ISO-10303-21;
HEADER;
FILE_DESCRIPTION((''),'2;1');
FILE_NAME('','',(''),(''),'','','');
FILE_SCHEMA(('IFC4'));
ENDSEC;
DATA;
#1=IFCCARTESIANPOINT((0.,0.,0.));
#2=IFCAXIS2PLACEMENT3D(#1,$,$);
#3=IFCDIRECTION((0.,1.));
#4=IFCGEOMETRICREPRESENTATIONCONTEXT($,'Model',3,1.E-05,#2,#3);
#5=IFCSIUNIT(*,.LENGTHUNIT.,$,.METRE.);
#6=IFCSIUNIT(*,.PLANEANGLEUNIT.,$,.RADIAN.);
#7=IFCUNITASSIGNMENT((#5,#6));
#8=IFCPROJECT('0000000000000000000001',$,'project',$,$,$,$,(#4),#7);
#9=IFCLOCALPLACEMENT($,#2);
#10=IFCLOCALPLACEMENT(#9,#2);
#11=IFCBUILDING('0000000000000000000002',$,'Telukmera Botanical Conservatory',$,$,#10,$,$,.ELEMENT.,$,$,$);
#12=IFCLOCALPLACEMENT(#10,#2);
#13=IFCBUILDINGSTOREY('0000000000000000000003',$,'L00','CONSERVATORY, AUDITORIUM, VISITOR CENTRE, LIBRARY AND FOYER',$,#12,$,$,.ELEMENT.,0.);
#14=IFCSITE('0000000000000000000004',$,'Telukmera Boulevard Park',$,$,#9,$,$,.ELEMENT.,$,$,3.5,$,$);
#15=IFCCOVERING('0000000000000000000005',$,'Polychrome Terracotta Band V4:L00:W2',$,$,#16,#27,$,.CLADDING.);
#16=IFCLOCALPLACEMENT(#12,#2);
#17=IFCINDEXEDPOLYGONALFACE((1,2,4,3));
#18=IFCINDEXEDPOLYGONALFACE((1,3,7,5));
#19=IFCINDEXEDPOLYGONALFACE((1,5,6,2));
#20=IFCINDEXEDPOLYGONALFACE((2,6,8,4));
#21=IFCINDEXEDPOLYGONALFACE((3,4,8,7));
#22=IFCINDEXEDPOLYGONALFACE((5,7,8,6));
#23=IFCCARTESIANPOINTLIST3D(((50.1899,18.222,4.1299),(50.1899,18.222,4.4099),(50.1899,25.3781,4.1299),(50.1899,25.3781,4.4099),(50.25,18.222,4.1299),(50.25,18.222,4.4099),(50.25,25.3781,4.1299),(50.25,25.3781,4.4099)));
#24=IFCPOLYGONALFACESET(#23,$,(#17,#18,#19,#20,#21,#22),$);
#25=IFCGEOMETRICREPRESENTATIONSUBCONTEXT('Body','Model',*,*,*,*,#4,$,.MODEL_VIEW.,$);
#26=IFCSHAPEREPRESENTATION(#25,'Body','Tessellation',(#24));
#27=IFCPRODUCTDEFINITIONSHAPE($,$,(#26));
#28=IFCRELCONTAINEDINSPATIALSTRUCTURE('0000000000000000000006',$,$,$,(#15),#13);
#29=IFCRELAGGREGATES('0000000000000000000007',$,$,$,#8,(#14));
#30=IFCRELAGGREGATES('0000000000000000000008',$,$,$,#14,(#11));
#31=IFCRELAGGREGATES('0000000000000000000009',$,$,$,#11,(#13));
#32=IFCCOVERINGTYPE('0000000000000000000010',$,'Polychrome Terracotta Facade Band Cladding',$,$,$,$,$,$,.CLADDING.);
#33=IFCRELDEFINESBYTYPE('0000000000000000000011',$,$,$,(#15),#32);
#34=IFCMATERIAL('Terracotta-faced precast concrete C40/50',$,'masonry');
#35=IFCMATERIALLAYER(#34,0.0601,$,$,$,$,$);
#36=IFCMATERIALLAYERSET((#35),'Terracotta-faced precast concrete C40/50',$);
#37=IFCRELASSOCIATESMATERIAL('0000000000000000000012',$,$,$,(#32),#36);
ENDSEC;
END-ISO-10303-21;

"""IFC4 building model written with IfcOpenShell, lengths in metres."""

from ifc_helpers import new_model, si_unit, direction, frame, origin, origin_2d, place, context, subcontext, project, spatial, rectangle, extrude, material, layer, layer_set, type_object, element, save


model = new_model("IFC4")

# Units and contexts
model_context = context("Model", 3, precision=1e-05, world=origin(), true_north=direction((0.0, 1.0)))
body_context = subcontext(model_context, "Body", "Model", "MODEL_VIEW")
ifc_project = project(units=[si_unit("LENGTHUNIT", "METRE"), si_unit("PLANEANGLEUNIT", "RADIAN")], contexts=[model_context])

# Site, building, storey
site_placement = place(None, origin())
site = spatial("IfcSite", under=ifc_project, at=site_placement, Name="Telukmera Boulevard Park", CompositionType="ELEMENT", RefElevation=3.5)
building_placement = place(site_placement, origin())
building = spatial("IfcBuilding", under=site, at=building_placement, Name="Telukmera Botanical Conservatory", CompositionType="ELEMENT")
storey_placement = place(building_placement, origin())
storey = spatial("IfcBuildingStorey", under=building, at=storey_placement, Name="L00", Description="CONSERVATORY, AUDITORIUM, VISITOR CENTRE, LIBRARY AND FOYER", CompositionType="ELEMENT", Elevation=0.0)

# Shared definitions
ifc_material_1 = material(Name="Terracotta-faced precast concrete C40/50", Category="masonry")

# Covering
ifc_layer_1 = layer(ifc_material_1, 0.0601)
ifc_layer_set_1 = layer_set([ifc_layer_1], Name="Terracotta-faced precast concrete C40/50")
covering_type_1 = type_object("IfcCoveringType", Name="Polychrome Terracotta Facade Band Cladding", PredefinedType="CLADDING", material=ifc_layer_set_1)
covering_placement = place(storey_placement, frame((50.22, 21.8, 4.1299), z_axis=(0.0, 0.0, 1.0), x_axis=(0.0, 1.0, 0.0)))
element("IfcCovering", 1, at=covering_placement, inside=storey, type_object=covering_type_1, Name="Polychrome Terracotta Band V4:L00:W2", PredefinedType="CLADDING", context=body_context, shape_type="SweptSolid", body=[
    extrude(rectangle(XDim=7.156, YDim=0.0601, at=origin_2d()), origin(), (0.0, 0.0, 1.0), 0.28),
])

save(model, "model.ifc")
